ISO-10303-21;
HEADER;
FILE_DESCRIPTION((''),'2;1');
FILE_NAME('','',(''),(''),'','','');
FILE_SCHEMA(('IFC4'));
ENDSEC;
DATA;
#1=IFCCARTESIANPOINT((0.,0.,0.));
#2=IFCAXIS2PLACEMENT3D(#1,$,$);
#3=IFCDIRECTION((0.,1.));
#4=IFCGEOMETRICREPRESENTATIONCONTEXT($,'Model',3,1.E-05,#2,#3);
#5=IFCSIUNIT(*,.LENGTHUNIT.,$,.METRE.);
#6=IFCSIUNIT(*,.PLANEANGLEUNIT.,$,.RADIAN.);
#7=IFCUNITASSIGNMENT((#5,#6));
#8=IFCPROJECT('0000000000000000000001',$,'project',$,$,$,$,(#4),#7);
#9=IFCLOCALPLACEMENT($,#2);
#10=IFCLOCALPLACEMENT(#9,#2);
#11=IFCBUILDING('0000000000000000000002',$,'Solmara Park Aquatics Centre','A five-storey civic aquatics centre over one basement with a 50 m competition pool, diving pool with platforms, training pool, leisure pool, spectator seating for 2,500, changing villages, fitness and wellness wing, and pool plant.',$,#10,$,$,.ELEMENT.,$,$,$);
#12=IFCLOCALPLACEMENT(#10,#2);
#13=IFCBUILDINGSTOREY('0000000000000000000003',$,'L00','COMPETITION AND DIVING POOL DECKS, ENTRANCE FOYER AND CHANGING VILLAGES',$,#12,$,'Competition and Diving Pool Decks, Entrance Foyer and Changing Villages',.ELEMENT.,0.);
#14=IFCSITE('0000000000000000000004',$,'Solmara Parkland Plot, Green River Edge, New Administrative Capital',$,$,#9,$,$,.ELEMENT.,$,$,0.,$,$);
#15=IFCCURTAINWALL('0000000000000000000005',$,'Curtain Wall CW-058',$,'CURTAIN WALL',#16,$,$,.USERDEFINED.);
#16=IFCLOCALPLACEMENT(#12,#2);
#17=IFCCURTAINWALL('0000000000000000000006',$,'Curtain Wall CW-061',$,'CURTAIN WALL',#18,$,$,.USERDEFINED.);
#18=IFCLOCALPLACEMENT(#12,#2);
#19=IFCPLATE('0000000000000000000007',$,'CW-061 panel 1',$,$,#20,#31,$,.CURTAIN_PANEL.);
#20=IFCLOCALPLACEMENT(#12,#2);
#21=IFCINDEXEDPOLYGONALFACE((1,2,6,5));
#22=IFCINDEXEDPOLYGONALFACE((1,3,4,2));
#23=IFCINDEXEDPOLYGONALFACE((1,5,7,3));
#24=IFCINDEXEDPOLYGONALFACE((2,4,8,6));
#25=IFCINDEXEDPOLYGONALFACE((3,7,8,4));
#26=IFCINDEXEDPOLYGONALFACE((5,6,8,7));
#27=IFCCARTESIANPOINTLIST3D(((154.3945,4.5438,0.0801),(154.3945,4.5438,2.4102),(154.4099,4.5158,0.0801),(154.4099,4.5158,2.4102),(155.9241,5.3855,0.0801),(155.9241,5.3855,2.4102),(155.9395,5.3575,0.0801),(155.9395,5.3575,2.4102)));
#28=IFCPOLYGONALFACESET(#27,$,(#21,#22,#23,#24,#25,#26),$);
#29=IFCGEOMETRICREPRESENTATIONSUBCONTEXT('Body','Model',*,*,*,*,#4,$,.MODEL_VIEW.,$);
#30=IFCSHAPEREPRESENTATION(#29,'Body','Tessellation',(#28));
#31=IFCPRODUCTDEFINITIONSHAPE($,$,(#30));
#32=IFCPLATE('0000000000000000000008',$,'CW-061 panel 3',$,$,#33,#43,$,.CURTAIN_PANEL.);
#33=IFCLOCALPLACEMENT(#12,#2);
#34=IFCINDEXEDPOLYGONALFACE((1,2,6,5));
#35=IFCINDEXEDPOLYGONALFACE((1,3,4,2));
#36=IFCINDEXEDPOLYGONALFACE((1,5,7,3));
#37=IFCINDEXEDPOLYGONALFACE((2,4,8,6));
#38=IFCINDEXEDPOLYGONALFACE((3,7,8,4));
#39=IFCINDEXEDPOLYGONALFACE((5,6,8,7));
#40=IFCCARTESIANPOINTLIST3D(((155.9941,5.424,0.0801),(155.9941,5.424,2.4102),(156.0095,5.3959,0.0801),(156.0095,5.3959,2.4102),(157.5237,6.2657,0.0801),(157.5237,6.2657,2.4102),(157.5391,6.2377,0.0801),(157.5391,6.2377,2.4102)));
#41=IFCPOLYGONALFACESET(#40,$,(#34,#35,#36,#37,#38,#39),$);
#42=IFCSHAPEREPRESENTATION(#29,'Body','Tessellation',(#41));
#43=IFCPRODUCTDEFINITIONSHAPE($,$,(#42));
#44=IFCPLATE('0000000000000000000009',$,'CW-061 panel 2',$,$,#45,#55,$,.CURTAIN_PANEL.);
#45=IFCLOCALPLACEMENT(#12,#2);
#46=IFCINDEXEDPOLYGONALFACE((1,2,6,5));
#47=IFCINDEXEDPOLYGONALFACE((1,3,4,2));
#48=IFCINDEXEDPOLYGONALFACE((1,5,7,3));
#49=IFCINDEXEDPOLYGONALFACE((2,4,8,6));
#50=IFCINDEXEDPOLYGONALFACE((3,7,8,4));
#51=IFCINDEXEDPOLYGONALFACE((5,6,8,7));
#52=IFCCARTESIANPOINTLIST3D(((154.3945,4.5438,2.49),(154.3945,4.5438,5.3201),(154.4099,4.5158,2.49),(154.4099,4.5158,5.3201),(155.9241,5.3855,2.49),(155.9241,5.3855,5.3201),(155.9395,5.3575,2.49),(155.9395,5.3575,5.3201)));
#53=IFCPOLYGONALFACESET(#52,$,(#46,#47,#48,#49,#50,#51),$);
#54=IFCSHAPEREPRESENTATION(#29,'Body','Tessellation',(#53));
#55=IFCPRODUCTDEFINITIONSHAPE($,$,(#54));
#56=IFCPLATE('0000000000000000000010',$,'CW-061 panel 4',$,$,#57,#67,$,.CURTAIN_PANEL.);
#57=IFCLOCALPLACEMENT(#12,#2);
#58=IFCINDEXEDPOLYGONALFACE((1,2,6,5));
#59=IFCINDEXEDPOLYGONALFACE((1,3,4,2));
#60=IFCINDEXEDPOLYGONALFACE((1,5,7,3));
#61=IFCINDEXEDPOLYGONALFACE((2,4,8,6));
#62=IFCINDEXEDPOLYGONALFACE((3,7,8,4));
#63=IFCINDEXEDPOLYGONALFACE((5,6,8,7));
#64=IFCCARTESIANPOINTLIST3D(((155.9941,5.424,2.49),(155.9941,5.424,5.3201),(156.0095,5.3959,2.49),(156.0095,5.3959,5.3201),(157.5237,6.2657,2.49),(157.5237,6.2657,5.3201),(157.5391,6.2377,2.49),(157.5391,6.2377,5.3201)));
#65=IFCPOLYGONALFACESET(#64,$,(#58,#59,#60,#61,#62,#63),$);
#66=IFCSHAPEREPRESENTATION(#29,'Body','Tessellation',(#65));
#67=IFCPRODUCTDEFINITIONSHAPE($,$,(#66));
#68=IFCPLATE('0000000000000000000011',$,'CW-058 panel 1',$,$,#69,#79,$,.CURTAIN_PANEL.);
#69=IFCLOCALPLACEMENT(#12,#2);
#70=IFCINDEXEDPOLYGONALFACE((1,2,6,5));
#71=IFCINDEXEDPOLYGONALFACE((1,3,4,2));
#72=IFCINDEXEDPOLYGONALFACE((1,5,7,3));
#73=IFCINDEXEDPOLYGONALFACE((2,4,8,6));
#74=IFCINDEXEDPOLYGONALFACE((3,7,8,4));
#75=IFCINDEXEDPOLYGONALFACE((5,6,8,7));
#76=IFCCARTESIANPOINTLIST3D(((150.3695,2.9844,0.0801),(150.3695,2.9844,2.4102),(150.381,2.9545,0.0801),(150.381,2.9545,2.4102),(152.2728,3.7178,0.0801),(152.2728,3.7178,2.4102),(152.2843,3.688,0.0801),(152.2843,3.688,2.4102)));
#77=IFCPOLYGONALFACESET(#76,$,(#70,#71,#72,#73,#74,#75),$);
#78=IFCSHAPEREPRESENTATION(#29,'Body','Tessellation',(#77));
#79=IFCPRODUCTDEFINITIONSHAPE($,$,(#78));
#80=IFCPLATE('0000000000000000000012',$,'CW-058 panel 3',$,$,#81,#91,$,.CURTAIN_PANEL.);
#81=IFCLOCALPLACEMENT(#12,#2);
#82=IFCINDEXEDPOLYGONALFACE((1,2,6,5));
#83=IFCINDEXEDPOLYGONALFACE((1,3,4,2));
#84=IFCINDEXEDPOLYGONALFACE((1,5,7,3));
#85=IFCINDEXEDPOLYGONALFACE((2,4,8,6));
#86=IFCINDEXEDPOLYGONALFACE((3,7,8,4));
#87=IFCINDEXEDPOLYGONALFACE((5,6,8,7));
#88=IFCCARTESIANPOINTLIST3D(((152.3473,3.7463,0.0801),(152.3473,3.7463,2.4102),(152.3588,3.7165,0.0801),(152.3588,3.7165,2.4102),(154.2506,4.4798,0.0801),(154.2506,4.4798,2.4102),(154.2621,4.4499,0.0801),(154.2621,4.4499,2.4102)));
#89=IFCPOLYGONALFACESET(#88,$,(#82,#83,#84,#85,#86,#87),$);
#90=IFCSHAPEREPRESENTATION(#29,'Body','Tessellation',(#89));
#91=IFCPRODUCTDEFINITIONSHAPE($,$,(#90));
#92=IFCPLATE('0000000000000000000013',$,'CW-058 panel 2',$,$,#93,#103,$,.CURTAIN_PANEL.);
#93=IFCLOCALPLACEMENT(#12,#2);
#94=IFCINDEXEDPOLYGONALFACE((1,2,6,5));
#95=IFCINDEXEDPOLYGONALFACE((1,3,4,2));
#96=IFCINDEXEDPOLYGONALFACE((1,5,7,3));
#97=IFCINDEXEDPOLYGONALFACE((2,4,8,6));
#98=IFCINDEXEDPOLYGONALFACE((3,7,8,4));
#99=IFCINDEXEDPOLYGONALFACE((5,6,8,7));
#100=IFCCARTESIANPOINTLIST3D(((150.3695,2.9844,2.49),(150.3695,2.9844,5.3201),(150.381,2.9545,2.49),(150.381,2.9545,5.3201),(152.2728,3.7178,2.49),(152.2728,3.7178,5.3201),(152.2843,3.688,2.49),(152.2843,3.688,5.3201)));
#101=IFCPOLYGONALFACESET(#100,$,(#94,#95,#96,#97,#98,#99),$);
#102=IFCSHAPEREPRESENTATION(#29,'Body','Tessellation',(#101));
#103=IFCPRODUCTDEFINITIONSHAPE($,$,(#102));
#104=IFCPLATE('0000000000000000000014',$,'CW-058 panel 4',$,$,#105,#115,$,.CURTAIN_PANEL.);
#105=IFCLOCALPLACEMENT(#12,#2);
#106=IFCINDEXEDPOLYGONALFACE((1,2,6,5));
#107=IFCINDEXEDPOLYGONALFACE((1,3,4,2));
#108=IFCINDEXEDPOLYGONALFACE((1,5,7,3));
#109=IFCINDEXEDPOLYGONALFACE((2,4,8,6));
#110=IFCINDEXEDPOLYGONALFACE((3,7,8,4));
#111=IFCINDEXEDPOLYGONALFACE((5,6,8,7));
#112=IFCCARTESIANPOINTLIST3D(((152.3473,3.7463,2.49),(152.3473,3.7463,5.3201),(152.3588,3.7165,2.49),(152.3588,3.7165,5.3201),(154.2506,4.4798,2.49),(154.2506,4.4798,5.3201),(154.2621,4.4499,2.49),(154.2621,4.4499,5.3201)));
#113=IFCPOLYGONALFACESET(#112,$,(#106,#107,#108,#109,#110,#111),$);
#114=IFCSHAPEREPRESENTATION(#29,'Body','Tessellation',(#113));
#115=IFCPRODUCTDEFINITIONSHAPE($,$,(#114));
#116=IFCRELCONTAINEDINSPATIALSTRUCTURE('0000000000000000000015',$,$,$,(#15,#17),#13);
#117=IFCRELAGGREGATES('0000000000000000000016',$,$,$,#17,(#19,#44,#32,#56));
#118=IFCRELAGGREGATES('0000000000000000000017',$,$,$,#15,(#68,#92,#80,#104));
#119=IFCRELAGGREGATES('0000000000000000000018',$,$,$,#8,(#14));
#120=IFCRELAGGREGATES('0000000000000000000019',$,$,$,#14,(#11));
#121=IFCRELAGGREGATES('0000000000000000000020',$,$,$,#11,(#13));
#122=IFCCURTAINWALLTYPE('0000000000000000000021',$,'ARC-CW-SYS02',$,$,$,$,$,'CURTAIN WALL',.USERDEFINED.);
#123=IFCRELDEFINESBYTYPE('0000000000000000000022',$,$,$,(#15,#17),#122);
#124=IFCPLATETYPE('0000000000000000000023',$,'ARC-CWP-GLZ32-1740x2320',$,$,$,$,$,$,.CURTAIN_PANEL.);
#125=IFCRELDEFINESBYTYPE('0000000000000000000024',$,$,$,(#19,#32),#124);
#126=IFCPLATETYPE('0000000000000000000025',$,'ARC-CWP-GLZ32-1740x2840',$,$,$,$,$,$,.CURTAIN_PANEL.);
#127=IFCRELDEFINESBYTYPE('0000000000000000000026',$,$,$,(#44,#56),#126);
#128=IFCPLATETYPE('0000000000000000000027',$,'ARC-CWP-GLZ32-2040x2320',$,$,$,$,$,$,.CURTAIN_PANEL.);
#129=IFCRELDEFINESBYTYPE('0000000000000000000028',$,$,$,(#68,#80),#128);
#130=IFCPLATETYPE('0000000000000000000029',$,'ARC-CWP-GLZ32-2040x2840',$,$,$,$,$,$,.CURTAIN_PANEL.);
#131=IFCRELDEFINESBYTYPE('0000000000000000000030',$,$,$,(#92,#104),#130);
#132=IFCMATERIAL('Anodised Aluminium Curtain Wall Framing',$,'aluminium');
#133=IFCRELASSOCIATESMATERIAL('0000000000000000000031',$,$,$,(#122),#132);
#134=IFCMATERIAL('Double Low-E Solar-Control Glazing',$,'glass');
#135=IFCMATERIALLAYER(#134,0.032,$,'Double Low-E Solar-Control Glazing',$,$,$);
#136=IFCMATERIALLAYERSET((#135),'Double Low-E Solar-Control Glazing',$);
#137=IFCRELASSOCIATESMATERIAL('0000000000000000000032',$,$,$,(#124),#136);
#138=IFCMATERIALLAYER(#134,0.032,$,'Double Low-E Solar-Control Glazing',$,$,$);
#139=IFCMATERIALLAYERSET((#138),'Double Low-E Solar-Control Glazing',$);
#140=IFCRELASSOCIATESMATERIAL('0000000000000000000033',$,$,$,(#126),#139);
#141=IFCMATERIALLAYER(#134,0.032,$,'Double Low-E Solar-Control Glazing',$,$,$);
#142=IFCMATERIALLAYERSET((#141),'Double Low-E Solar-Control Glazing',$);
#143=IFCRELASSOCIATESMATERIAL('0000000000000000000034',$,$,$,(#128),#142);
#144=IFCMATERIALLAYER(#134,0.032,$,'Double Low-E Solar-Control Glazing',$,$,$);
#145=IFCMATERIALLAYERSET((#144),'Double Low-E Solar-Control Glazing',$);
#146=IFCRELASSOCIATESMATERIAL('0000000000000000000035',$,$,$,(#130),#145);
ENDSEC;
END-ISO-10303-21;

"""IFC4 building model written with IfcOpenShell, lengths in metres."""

from ifc_helpers import new_model, si_unit, direction, frame, origin, origin_2d, place, context, subcontext, project, spatial, rectangle, extrude, material, layer, layer_set, type_object, element, aggregate, save


model = new_model("IFC4")

# Units and contexts
model_context = context("Model", 3, precision=1e-05, world=origin(), true_north=direction((0.0, 1.0)))
body_context = subcontext(model_context, "Body", "Model", "MODEL_VIEW")
ifc_project = project(units=[si_unit("LENGTHUNIT", "METRE"), si_unit("PLANEANGLEUNIT", "RADIAN")], contexts=[model_context])

# Site, building, storey
site_placement = place(None, origin())
site = spatial("IfcSite", under=ifc_project, at=site_placement, Name="Solmara Parkland Plot, Green River Edge, New Administrative Capital", CompositionType="ELEMENT", RefElevation=0.0)
building_placement = place(site_placement, origin())
building = spatial("IfcBuilding", under=site, at=building_placement, Name="Solmara Park Aquatics Centre", Description="A five-storey civic aquatics centre over one basement with a 50 m competition pool, diving pool with platforms, training pool, leisure pool, spectator seating for 2,500, changing villages, fitness and wellness wing, and pool plant.", CompositionType="ELEMENT")
storey_placement = place(building_placement, origin())
storey = spatial("IfcBuildingStorey", under=building, at=storey_placement, Name="L00", Description="COMPETITION AND DIVING POOL DECKS, ENTRANCE FOYER AND CHANGING VILLAGES", LongName="Competition and Diving Pool Decks, Entrance Foyer and Changing Villages", CompositionType="ELEMENT", Elevation=0.0)

# Curtain walls
ifc_material_1 = material(Name="Anodised Aluminium Curtain Wall Framing", Category="aluminium")
curtain_wall_type = type_object("IfcCurtainWallType", Name="ARC-CW-SYS02", ElementType="CURTAIN WALL", PredefinedType="USERDEFINED", material=ifc_material_1)
curtain_wall_1_placement = place(storey_placement, origin())
curtain_wall_1 = element("IfcCurtainWall", 1, at=curtain_wall_1_placement, inside=storey, type_object=curtain_wall_type, Name="Curtain Wall CW-058", ObjectType="CURTAIN WALL", PredefinedType="USERDEFINED")
curtain_wall_2_placement = place(storey_placement, origin())
curtain_wall_2 = element("IfcCurtainWall", 2, at=curtain_wall_2_placement, inside=storey, type_object=curtain_wall_type, Name="Curtain Wall CW-061", ObjectType="CURTAIN WALL", PredefinedType="USERDEFINED")

# Plates
ifc_material_2 = material(Name="Double Low-E Solar-Control Glazing", Category="glass")
ifc_layer_1 = layer(ifc_material_2, 0.032, Name="Double Low-E Solar-Control Glazing")
ifc_layer_set_1 = layer_set([ifc_layer_1], Name="Double Low-E Solar-Control Glazing")
plate_type_1 = type_object("IfcPlateType", Name="ARC-CWP-GLZ32-1740x2320", PredefinedType="CURTAIN_PANEL", material=ifc_layer_set_1)
plate_1_placement = place(storey_placement, frame((155.167, 4.9507, 0.0801), z_axis=(0.0, 0.0, 1.0), x_axis=(0.876105, 0.482121, 0.0)))
plate_1 = element("IfcPlate", 3, at=plate_1_placement, type_object=plate_type_1, Name="CW-061 panel 1", PredefinedType="CURTAIN_PANEL", context=body_context, shape_type="SweptSolid", body=[
    extrude(rectangle(XDim=1.7458, YDim=0.032, at=origin_2d()), origin(), (0.0, 0.0, 1.0), 2.3301),
])
plate_2_placement = place(storey_placement, frame((156.7666, 5.8308, 0.0801), z_axis=(0.0, 0.0, 1.0), x_axis=(0.876105, 0.482121, 0.0)))
plate_2 = element("IfcPlate", 4, at=plate_2_placement, type_object=plate_type_1, Name="CW-061 panel 3", PredefinedType="CURTAIN_PANEL", context=body_context, shape_type="SweptSolid", body=[
    extrude(rectangle(XDim=1.7458, YDim=0.032, at=origin_2d()), origin(), (0.0, 0.0, 1.0), 2.3301),
])
ifc_layer_2 = layer(ifc_material_2, 0.032, Name="Double Low-E Solar-Control Glazing")
ifc_layer_set_2 = layer_set([ifc_layer_2], Name="Double Low-E Solar-Control Glazing")
plate_type_2 = type_object("IfcPlateType", Name="ARC-CWP-GLZ32-1740x2840", PredefinedType="CURTAIN_PANEL", material=ifc_layer_set_2)
plate_3_placement = place(storey_placement, frame((155.167, 4.9507, 2.49), z_axis=(0.0, 0.0, 1.0), x_axis=(0.876105, 0.482121, 0.0)))
plate_3 = element("IfcPlate", 5, at=plate_3_placement, type_object=plate_type_2, Name="CW-061 panel 2", PredefinedType="CURTAIN_PANEL", context=body_context, shape_type="SweptSolid", body=[
    extrude(rectangle(XDim=1.7458, YDim=0.032, at=origin_2d()), origin(), (0.0, 0.0, 1.0), 2.8301),
])
plate_4_placement = place(storey_placement, frame((156.7666, 5.8308, 2.49), z_axis=(0.0, 0.0, 1.0), x_axis=(0.876105, 0.482121, 0.0)))
plate_4 = element("IfcPlate", 6, at=plate_4_placement, type_object=plate_type_2, Name="CW-061 panel 4", PredefinedType="CURTAIN_PANEL", context=body_context, shape_type="SweptSolid", body=[
    extrude(rectangle(XDim=1.7458, YDim=0.032, at=origin_2d()), origin(), (0.0, 0.0, 1.0), 2.8301),
])
aggregate(curtain_wall_2, [plate_1, plate_3, plate_2, plate_4])
ifc_layer_3 = layer(ifc_material_2, 0.032, Name="Double Low-E Solar-Control Glazing")
ifc_layer_set_3 = layer_set([ifc_layer_3], Name="Double Low-E Solar-Control Glazing")
plate_type_3 = type_object("IfcPlateType", Name="ARC-CWP-GLZ32-2040x2320", PredefinedType="CURTAIN_PANEL", material=ifc_layer_set_3)
plate_5_placement = place(storey_placement, frame((151.3269, 3.3362, 0.0801), z_axis=(0.0, 0.0, 1.0), x_axis=(0.93312, 0.359565, 0.0)))
plate_5 = element("IfcPlate", 7, at=plate_5_placement, type_object=plate_type_3, Name="CW-058 panel 1", PredefinedType="CURTAIN_PANEL", context=body_context, shape_type="SweptSolid", body=[
    extrude(rectangle(XDim=2.0398, YDim=0.032, at=origin_2d()), origin(), (0.0, 0.0, 1.0), 2.3301),
])
plate_6_placement = place(storey_placement, frame((153.3047, 4.0981, 0.0801), z_axis=(0.0, 0.0, 1.0), x_axis=(0.93312, 0.359565, 0.0)))
plate_6 = element("IfcPlate", 8, at=plate_6_placement, type_object=plate_type_3, Name="CW-058 panel 3", PredefinedType="CURTAIN_PANEL", context=body_context, shape_type="SweptSolid", body=[
    extrude(rectangle(XDim=2.0398, YDim=0.032, at=origin_2d()), origin(), (0.0, 0.0, 1.0), 2.3301),
])
ifc_layer_4 = layer(ifc_material_2, 0.032, Name="Double Low-E Solar-Control Glazing")
ifc_layer_set_4 = layer_set([ifc_layer_4], Name="Double Low-E Solar-Control Glazing")
plate_type_4 = type_object("IfcPlateType", Name="ARC-CWP-GLZ32-2040x2840", PredefinedType="CURTAIN_PANEL", material=ifc_layer_set_4)
plate_7_placement = place(storey_placement, frame((151.3269, 3.3362, 2.49), z_axis=(0.0, 0.0, 1.0), x_axis=(0.93312, 0.359565, 0.0)))
plate_7 = element("IfcPlate", 9, at=plate_7_placement, type_object=plate_type_4, Name="CW-058 panel 2", PredefinedType="CURTAIN_PANEL", context=body_context, shape_type="SweptSolid", body=[
    extrude(rectangle(XDim=2.0398, YDim=0.032, at=origin_2d()), origin(), (0.0, 0.0, 1.0), 2.8301),
])
plate_8_placement = place(storey_placement, frame((153.3047, 4.0981, 2.49), z_axis=(0.0, 0.0, 1.0), x_axis=(0.93312, 0.359565, 0.0)))
plate_8 = element("IfcPlate", 10, at=plate_8_placement, type_object=plate_type_4, Name="CW-058 panel 4", PredefinedType="CURTAIN_PANEL", context=body_context, shape_type="SweptSolid", body=[
    extrude(rectangle(XDim=2.0398, YDim=0.032, at=origin_2d()), origin(), (0.0, 0.0, 1.0), 2.8301),
])
aggregate(curtain_wall_1, [plate_5, plate_7, plate_6, plate_8])

save(model, "model.ifc")
